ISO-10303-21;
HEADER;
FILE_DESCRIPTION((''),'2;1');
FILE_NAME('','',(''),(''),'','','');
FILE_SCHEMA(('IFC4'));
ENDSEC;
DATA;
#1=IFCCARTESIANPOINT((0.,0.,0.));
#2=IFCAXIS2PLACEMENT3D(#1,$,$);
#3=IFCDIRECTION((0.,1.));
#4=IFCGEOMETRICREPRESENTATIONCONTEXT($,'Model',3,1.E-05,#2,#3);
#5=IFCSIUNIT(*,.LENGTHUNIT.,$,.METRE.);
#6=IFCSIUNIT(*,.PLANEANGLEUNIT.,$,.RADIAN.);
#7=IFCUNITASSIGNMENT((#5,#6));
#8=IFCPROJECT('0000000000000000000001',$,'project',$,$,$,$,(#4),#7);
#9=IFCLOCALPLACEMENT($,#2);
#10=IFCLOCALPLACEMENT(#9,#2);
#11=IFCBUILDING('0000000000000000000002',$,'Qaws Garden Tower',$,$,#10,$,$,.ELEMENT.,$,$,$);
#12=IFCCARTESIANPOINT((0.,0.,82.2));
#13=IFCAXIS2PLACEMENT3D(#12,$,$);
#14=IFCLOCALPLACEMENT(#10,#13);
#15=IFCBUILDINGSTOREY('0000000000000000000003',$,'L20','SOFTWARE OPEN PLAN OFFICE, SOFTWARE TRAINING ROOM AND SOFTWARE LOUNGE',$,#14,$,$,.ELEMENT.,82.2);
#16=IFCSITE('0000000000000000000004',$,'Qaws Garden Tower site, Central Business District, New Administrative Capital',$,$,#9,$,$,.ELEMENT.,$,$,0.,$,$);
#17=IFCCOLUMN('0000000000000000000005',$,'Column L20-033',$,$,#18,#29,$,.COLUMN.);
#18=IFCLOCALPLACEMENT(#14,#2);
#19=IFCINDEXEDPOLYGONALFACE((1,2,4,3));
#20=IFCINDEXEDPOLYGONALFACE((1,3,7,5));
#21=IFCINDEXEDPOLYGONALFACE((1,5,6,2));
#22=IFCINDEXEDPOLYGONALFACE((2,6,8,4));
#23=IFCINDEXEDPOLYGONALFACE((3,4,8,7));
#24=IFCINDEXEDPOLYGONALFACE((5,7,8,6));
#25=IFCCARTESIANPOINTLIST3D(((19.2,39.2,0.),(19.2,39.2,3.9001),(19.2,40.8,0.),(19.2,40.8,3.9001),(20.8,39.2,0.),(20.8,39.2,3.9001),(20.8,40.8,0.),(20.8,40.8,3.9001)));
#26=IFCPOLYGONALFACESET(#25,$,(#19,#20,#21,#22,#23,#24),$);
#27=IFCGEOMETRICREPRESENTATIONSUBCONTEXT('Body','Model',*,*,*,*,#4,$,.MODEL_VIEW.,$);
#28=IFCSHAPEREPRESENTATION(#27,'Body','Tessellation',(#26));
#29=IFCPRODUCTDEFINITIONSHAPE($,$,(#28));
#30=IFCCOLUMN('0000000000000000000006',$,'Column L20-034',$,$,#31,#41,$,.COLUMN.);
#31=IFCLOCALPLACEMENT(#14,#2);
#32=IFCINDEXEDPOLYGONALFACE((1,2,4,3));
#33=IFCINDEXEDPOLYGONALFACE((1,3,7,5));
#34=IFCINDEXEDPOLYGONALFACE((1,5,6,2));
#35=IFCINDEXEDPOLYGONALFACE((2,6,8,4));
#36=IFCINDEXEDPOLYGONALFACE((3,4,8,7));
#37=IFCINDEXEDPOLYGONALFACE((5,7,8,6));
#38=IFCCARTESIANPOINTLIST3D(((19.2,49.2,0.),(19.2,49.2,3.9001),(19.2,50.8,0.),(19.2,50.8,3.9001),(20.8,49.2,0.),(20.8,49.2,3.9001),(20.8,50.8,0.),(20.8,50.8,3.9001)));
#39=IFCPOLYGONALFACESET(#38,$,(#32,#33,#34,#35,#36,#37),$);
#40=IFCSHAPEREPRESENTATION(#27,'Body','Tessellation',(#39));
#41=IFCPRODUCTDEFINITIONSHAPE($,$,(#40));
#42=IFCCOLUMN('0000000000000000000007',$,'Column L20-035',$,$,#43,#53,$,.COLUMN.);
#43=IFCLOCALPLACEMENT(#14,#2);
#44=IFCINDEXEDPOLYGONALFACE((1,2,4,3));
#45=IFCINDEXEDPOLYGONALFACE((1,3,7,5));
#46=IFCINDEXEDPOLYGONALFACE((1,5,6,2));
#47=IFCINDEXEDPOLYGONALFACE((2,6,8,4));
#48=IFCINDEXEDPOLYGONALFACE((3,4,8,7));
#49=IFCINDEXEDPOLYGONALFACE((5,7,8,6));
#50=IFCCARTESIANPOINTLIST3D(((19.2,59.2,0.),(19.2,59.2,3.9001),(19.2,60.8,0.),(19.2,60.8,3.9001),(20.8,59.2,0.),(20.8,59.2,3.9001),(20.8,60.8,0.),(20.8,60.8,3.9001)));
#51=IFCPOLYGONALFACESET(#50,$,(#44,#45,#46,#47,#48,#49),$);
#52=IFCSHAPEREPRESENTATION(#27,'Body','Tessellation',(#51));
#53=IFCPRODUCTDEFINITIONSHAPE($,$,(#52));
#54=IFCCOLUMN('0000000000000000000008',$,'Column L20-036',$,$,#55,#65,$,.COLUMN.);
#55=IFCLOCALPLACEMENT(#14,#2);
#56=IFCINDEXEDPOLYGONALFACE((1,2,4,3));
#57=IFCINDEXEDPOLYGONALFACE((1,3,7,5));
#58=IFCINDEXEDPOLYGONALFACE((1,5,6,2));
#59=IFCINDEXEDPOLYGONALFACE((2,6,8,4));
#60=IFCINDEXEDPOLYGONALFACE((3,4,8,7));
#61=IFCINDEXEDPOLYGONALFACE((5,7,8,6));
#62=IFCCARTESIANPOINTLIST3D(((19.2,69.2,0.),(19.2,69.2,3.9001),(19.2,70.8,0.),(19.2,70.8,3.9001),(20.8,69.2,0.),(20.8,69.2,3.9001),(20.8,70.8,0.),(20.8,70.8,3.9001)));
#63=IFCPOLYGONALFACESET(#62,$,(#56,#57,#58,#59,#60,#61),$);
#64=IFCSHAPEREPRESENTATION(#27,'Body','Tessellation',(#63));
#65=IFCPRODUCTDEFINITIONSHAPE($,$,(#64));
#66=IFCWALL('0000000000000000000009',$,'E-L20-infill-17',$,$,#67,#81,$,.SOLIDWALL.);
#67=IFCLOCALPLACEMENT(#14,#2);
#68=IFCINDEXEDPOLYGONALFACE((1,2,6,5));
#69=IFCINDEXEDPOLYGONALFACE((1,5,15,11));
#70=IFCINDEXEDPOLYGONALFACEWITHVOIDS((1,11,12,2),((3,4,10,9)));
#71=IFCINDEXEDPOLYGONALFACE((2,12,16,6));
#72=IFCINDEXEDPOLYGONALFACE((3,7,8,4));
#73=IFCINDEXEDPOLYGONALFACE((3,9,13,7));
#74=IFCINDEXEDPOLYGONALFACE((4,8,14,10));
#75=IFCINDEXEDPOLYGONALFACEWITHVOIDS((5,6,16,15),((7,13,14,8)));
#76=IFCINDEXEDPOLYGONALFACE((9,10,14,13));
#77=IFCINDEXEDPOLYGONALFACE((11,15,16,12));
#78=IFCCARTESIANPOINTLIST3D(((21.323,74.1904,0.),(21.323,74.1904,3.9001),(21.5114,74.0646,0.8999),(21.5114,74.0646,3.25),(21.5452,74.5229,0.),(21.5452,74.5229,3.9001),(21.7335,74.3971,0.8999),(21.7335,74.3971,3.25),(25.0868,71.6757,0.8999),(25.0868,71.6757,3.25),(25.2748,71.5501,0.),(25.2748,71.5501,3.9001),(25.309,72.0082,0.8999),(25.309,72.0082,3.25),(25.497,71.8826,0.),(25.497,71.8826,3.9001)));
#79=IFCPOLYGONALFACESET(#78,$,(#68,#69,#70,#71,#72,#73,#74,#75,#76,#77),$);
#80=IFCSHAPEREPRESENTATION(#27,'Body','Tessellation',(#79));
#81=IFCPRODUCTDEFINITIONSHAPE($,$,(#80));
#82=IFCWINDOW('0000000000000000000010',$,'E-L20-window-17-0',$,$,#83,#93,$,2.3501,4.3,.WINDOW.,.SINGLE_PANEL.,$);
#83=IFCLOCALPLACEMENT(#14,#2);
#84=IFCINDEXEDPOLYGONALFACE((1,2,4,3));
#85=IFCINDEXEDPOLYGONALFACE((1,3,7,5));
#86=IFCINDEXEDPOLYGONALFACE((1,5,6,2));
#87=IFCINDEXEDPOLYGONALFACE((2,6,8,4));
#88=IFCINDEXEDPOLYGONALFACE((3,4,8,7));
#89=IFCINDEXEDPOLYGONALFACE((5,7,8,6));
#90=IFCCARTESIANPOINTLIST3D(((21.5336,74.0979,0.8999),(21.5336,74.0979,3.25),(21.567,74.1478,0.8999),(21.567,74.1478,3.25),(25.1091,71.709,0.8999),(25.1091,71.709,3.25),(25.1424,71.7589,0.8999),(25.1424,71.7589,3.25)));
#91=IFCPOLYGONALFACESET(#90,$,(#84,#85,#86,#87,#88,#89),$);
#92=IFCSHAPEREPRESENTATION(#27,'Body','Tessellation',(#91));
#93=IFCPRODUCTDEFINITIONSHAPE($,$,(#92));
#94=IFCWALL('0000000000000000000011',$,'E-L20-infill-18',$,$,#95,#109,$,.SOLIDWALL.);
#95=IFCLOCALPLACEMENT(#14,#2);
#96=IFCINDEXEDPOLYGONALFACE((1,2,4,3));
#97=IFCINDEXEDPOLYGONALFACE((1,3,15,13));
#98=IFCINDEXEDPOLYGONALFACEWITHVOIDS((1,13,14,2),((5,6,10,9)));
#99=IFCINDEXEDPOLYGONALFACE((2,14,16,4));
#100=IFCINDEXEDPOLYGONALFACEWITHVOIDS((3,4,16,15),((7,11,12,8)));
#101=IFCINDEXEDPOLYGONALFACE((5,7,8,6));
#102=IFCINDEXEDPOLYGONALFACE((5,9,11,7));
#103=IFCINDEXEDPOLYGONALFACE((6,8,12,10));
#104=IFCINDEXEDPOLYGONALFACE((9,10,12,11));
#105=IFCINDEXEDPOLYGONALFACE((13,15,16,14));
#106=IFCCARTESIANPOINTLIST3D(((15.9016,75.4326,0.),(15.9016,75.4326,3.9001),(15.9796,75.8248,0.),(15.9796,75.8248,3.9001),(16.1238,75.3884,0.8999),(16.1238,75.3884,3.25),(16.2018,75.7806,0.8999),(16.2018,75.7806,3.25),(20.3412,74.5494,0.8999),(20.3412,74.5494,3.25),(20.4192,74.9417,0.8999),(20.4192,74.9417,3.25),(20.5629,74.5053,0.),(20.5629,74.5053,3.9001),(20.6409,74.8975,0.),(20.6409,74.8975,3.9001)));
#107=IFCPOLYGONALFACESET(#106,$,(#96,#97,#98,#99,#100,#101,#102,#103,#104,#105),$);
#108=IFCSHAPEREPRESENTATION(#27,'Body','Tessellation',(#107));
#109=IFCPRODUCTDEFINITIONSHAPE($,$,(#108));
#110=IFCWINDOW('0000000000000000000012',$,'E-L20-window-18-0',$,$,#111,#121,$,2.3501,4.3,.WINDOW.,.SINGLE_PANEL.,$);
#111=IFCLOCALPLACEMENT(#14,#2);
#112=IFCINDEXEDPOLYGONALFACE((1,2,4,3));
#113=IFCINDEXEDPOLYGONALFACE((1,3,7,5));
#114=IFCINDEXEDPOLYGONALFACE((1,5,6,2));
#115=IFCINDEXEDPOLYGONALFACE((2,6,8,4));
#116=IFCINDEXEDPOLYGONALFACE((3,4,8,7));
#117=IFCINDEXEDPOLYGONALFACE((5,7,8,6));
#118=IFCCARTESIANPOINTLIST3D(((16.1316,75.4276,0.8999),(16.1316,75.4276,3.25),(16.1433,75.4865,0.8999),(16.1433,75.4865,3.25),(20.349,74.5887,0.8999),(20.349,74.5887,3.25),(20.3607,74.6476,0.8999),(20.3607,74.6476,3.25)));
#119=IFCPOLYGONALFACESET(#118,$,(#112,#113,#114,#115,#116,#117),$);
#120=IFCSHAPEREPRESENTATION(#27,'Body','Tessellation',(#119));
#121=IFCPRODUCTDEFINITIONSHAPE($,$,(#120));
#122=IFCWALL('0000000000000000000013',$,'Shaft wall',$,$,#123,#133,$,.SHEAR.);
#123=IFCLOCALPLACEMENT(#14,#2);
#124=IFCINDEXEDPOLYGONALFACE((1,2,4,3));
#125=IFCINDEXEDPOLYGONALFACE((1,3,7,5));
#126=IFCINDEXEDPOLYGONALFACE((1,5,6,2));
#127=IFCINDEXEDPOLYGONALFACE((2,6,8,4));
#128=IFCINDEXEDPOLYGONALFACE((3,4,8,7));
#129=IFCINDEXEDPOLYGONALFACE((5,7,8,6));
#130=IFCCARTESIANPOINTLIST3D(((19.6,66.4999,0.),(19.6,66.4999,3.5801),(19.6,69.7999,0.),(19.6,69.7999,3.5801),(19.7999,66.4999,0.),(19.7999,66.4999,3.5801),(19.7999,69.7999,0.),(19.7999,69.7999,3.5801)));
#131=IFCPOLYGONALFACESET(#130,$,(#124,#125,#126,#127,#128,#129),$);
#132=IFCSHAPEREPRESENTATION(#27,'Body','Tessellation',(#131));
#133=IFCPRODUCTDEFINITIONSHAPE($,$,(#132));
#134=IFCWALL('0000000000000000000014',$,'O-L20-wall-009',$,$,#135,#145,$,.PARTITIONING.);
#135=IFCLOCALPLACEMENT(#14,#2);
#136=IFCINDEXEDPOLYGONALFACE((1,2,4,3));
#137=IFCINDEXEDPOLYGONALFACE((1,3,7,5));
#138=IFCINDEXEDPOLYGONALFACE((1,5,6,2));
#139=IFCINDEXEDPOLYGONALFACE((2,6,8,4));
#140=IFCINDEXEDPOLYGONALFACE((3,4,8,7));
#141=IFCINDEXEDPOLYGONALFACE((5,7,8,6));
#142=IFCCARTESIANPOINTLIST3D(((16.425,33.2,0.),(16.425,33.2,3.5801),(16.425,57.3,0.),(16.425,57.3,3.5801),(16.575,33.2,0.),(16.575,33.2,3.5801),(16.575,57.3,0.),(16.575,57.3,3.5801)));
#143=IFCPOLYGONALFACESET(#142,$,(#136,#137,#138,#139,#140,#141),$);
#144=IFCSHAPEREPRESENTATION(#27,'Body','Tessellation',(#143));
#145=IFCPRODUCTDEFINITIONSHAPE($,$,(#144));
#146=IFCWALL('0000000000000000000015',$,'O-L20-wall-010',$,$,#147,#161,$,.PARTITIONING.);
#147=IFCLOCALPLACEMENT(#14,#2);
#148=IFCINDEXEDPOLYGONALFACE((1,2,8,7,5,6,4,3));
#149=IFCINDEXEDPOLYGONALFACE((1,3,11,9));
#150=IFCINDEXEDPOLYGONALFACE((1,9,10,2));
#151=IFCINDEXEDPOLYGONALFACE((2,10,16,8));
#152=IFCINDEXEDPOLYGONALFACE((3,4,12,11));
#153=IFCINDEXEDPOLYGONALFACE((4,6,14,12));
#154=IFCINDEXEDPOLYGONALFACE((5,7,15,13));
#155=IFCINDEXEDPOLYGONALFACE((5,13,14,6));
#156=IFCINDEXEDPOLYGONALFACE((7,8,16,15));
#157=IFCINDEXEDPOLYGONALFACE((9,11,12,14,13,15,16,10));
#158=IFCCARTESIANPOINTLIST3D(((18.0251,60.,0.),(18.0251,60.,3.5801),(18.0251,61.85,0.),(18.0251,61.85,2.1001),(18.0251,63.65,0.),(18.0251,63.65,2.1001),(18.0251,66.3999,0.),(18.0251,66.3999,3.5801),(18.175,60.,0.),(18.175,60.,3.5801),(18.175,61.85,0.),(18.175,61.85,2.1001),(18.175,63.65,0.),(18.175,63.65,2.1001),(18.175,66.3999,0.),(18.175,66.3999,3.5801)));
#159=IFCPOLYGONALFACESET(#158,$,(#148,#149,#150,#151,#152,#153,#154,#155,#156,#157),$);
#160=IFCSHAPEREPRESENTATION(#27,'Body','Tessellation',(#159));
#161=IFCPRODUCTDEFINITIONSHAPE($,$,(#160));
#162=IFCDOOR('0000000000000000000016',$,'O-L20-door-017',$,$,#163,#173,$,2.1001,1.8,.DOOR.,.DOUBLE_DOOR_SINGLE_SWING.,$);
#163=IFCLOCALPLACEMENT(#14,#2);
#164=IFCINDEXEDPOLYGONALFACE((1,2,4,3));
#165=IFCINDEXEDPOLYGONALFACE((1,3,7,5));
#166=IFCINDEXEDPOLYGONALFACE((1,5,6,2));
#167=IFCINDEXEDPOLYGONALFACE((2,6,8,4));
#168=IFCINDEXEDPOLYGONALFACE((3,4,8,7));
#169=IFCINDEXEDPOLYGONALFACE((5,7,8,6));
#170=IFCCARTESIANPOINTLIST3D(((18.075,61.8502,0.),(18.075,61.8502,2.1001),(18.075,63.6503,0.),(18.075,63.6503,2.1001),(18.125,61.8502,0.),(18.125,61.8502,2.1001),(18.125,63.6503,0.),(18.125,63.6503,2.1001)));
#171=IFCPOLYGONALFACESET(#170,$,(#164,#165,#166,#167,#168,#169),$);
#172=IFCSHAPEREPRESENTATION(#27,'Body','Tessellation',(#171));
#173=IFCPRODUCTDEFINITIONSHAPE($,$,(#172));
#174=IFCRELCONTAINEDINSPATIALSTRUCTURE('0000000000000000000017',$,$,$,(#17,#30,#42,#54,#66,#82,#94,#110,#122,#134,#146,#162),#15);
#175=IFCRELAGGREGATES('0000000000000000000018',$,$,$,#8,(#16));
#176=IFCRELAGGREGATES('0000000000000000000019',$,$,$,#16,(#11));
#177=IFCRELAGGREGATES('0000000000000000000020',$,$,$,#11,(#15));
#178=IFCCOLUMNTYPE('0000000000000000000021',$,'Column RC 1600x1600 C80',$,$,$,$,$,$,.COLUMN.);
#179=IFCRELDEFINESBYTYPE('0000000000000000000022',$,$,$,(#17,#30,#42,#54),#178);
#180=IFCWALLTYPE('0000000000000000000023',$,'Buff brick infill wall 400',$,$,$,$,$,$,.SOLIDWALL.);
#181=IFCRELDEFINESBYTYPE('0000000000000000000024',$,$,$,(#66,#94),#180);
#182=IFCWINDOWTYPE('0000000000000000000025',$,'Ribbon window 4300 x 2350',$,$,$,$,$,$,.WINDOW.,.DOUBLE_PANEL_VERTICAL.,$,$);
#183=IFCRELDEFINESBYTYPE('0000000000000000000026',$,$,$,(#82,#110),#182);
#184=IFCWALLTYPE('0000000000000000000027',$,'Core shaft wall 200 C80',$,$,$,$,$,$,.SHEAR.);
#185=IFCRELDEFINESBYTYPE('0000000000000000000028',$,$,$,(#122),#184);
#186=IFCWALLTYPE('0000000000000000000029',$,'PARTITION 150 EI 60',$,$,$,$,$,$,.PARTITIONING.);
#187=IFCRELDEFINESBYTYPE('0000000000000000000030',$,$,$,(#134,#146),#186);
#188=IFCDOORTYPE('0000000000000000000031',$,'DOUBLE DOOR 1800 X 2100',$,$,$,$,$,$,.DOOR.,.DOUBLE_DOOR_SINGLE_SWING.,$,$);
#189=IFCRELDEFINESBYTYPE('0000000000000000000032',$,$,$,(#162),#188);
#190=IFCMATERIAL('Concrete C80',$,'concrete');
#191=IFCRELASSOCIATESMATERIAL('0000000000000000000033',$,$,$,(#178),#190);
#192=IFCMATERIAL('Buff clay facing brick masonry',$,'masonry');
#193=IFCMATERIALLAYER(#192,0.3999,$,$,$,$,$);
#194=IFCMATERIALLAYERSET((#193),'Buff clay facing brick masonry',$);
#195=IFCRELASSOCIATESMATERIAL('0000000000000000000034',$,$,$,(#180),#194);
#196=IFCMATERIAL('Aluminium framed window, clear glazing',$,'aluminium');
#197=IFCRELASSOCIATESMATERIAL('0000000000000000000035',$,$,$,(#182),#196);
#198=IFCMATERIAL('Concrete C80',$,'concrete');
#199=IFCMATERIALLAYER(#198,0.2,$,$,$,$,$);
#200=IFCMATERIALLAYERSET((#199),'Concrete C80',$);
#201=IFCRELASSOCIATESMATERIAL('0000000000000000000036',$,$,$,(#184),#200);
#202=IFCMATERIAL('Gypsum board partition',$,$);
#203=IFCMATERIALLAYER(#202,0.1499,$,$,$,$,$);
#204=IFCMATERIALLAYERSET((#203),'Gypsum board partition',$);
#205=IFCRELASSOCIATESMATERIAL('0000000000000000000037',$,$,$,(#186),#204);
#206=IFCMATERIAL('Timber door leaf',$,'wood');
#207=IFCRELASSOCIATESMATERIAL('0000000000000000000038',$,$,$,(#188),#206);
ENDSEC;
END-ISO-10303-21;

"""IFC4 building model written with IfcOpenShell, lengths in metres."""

from ifc_helpers import new_model, si_unit, direction, frame, frame_2d, origin, origin_2d, place, context, subcontext, project, spatial, rectangle, extrude, material, layer, layer_set, material_profile, profile_set, type_object, element, fill, save


model = new_model("IFC4")

# Units and contexts
model_context = context("Model", 3, precision=1e-05, world=origin(), true_north=direction((0.0, 1.0)))
body_context = subcontext(model_context, "Body", "Model", "MODEL_VIEW")
ifc_project = project(units=[si_unit("LENGTHUNIT", "METRE"), si_unit("PLANEANGLEUNIT", "RADIAN")], contexts=[model_context])

# Site, building, storey
site_placement = place(None, origin())
site = spatial("IfcSite", under=ifc_project, at=site_placement, Name="Qaws Garden Tower site, Central Business District, New Administrative Capital", CompositionType="ELEMENT", RefElevation=0.0)
building_placement = place(site_placement, origin())
building = spatial("IfcBuilding", under=site, at=building_placement, Name="Qaws Garden Tower", CompositionType="ELEMENT")
storey_placement = place(building_placement, frame((0.0, 0.0, 82.2)))
storey = spatial("IfcBuildingStorey", under=building, at=storey_placement, Name="L20", Description="SOFTWARE OPEN PLAN OFFICE, SOFTWARE TRAINING ROOM AND SOFTWARE LOUNGE", CompositionType="ELEMENT", Elevation=82.2)

# Columns
ifc_material_1 = material(Name="Concrete C80", Category="concrete")
ifc_material_profile = material_profile(ifc_material_1, rectangle(XDim=1.6001, YDim=1.6001, at=origin_2d()), Name="RC 1600x1600")
ifc_profile_set = profile_set([ifc_material_profile], Name="Concrete C80")
column_type = type_object("IfcColumnType", Name="Column RC 1600x1600 C80", PredefinedType="COLUMN", material=ifc_profile_set)
for number, where, z_axis, x_axis, name in (
    (1, (20.0, 40.0, 0.0), (0.0, 0.0, 1.0), (1.0, 0.0, 0.0), "Column L20-033"),
    (2, (20.0, 50.0, 0.0), (0.0, 0.0, 1.0), (1.0, 0.0, 0.0), "Column L20-034"),
    (3, (20.0, 60.0, 0.0), (0.0, 0.0, 1.0), (1.0, 0.0, 0.0), "Column L20-035"),
    (4, (20.0, 70.0, 0.0), (0.0, 0.0, 1.0), (1.0, 0.0, 0.0), "Column L20-036"),
):
    element("IfcColumn", number, at=place(storey_placement, frame(where, z_axis=z_axis, x_axis=x_axis)), inside=storey, type_object=column_type, Name=name, PredefinedType="COLUMN", context=body_context, shape_type="SweptSolid", body=[
        extrude(rectangle(XDim=1.6001, YDim=1.6001, at=origin_2d()), origin(), (0.0, 0.0, 1.0), 3.9001),
    ])

# Walls, openings, windows
ifc_material_2 = material(Name="Buff clay facing brick masonry", Category="masonry")
ifc_layer_1 = layer(ifc_material_2, 0.3999)
ifc_layer_set_1 = layer_set([ifc_layer_1], Name="Buff clay facing brick masonry")
wall_type_1 = type_object("IfcWallType", Name="Buff brick infill wall 400", PredefinedType="SOLIDWALL", material=ifc_layer_set_1)
wall_1_placement = place(storey_placement, frame((25.386, 71.7163, 0.0), z_axis=(0.0, 0.0, 1.0), x_axis=(-0.831489, 0.555542, 0.0)))
wall_1 = element("IfcWall", 5, at=wall_1_placement, inside=storey, type_object=wall_type_1, Name="E-L20-infill-17", PredefinedType="SOLIDWALL", context=body_context, shape_type="SweptSolid", body=[
    extrude(rectangle(XDim=4.7527, YDim=0.3999, at=frame_2d((2.3765, 0.0))), origin(), (0.0, 0.0, 1.0), 3.9001),
])
opening_1_placement = place(wall_1_placement, frame((0.2263, 0.0, 0.8999)))
opening_1 = element("IfcOpeningElement", 6, at=opening_1_placement, cuts=wall_1, PredefinedType="OPENING", context=body_context, shape_type="SweptSolid", body=[
    extrude(rectangle(XDim=4.3, YDim=2.3501, at=frame_2d((2.1499, 1.175))), frame((0.0, 0.21, 0.0), z_axis=(0.0, -1.0, 0.0), x_axis=(1.0, 0.0, 0.0)), (0.0, 0.0, 1.0), 0.4199),
])
ifc_material_3 = material(Name="Aluminium framed window, clear glazing", Category="aluminium")
window_type = type_object("IfcWindowType", Name="Ribbon window 4300 x 2350", PartitioningType="DOUBLE_PANEL_VERTICAL", PredefinedType="WINDOW", material=ifc_material_3)
window_1_placement = place(opening_1_placement, origin())
window_1 = element("IfcWindow", 7, at=window_1_placement, inside=storey, type_object=window_type, Name="E-L20-window-17-0", OverallHeight=2.3501, OverallWidth=4.3, PartitioningType="SINGLE_PANEL", PredefinedType="WINDOW", context=body_context, shape_type="SweptSolid", body=[
    extrude(rectangle(XDim=4.3, YDim=2.3501, at=frame_2d((2.1499, 1.175))), frame((0.0, 0.1599, 0.0), z_axis=(0.0, -1.0, 0.0), x_axis=(1.0, 0.0, 0.0)), (0.0, 0.0, 1.0), 0.0601),
])
fill(opening_1, window_1)
wall_2_placement = place(storey_placement, frame((20.6021, 74.7014, 0.0), z_axis=(0.0, 0.0, 1.0), x_axis=(-0.980784, 0.195099, 0.0)))
wall_2 = element("IfcWall", 8, at=wall_2_placement, inside=storey, type_object=wall_type_1, Name="E-L20-infill-18", PredefinedType="SOLIDWALL", context=body_context, shape_type="SweptSolid", body=[
    extrude(rectangle(XDim=4.7527, YDim=0.3999, at=frame_2d((2.3765, 0.0))), origin(), (0.0, 0.0, 1.0), 3.9001),
])
opening_2_placement = place(wall_2_placement, frame((0.2263, 0.0, 0.8999)))
opening_2 = element("IfcOpeningElement", 9, at=opening_2_placement, cuts=wall_2, PredefinedType="OPENING", context=body_context, shape_type="SweptSolid", body=[
    extrude(rectangle(XDim=4.3, YDim=2.3501, at=frame_2d((2.1499, 1.175))), frame((0.0, 0.21, 0.0), z_axis=(0.0, -1.0, 0.0), x_axis=(1.0, 0.0, 0.0)), (0.0, 0.0, 1.0), 0.4199),
])
window_2_placement = place(opening_2_placement, origin())
window_2 = element("IfcWindow", 10, at=window_2_placement, inside=storey, type_object=window_type, Name="E-L20-window-18-0", OverallHeight=2.3501, OverallWidth=4.3, PartitioningType="SINGLE_PANEL", PredefinedType="WINDOW", context=body_context, shape_type="SweptSolid", body=[
    extrude(rectangle(XDim=4.3, YDim=2.3501, at=frame_2d((2.1499, 1.175))), frame((0.0, 0.1599, 0.0), z_axis=(0.0, -1.0, 0.0), x_axis=(1.0, 0.0, 0.0)), (0.0, 0.0, 1.0), 0.0601),
])
fill(opening_2, window_2)

# Walls
ifc_material_4 = material(Name="Concrete C80", Category="concrete")
ifc_layer_2 = layer(ifc_material_4, 0.2)
ifc_layer_set_2 = layer_set([ifc_layer_2], Name="Concrete C80")
wall_type_2 = type_object("IfcWallType", Name="Core shaft wall 200 C80", PredefinedType="SHEAR", material=ifc_layer_set_2)
wall_3_placement = place(storey_placement, frame((19.7, 66.5, 0.0), z_axis=(0.0, 0.0, 1.0), x_axis=(0.0, 1.0, 0.0)))
element("IfcWall", 11, at=wall_3_placement, inside=storey, type_object=wall_type_2, Name="Shaft wall", PredefinedType="SHEAR", context=body_context, shape_type="SweptSolid", body=[
    extrude(rectangle(XDim=3.3, YDim=0.2, at=frame_2d((1.6499, 0.0))), origin(), (0.0, 0.0, 1.0), 3.5801),
])
ifc_material_5 = material(Name="Gypsum board partition")
ifc_layer_3 = layer(ifc_material_5, 0.1499)
ifc_layer_set_3 = layer_set([ifc_layer_3], Name="Gypsum board partition")
wall_type_3 = type_object("IfcWallType", Name="PARTITION 150 EI 60", PredefinedType="PARTITIONING", material=ifc_layer_set_3)
wall_4_placement = place(storey_placement, frame((16.5, 33.2, 0.0), z_axis=(0.0, 0.0, 1.0), x_axis=(0.0, 1.0, 0.0)))
element("IfcWall", 12, at=wall_4_placement, inside=storey, type_object=wall_type_3, Name="O-L20-wall-009", PredefinedType="PARTITIONING", context=body_context, shape_type="SweptSolid", body=[
    extrude(rectangle(XDim=24.1001, YDim=0.1499, at=frame_2d((12.05, 0.0))), origin(), (0.0, 0.0, 1.0), 3.5801),
])

# Wall, opening, door
wall_5_placement = place(storey_placement, frame((18.1001, 60.0, 0.0), z_axis=(0.0, 0.0, 1.0), x_axis=(0.0, 1.0, 0.0)))
wall_5 = element("IfcWall", 13, at=wall_5_placement, inside=storey, type_object=wall_type_3, Name="O-L20-wall-010", PredefinedType="PARTITIONING", context=body_context, shape_type="SweptSolid", body=[
    extrude(rectangle(XDim=6.3999, YDim=0.1499, at=frame_2d((3.2, 0.0))), origin(), (0.0, 0.0, 1.0), 3.5801),
])
opening_3_placement = place(wall_5_placement, frame((1.8501, 0.0, 0.0)))
opening_3 = element("IfcOpeningElement", 14, at=opening_3_placement, cuts=wall_5, PredefinedType="OPENING", context=body_context, shape_type="SweptSolid", body=[
    extrude(rectangle(XDim=1.8, YDim=2.1001, at=frame_2d((0.8999, 1.05))), frame((0.0, 0.085, 0.0), z_axis=(0.0, -1.0, 0.0), x_axis=(1.0, 0.0, 0.0)), (0.0, 0.0, 1.0), 0.1699),
])
ifc_material_6 = material(Name="Timber door leaf", Category="wood")
door_type_1 = type_object("IfcDoorType", Name="DOUBLE DOOR 1800 X 2100", OperationType="DOUBLE_DOOR_SINGLE_SWING", PredefinedType="DOOR", material=ifc_material_6)
door_1_placement = place(opening_3_placement, frame((1.8, 0.0, 0.0), z_axis=(0.0, 0.0, 1.0), x_axis=(-1.0, 0.0, 0.0)))
door_1 = element("IfcDoor", 15, at=door_1_placement, inside=storey, type_object=door_type_1, Name="O-L20-door-017", OperationType="DOUBLE_DOOR_SINGLE_SWING", OverallHeight=2.1001, OverallWidth=1.8, PredefinedType="DOOR", context=body_context, shape_type="SweptSolid", body=[
    extrude(rectangle(XDim=1.8, YDim=2.1001, at=frame_2d((0.8999, 1.05))), frame((0.0, 0.0249, 0.0), z_axis=(0.0, -1.0, 0.0), x_axis=(1.0, 0.0, 0.0)), (0.0, 0.0, 1.0), 0.05),
])
fill(opening_3, door_1)

save(model, "model.ifc")
